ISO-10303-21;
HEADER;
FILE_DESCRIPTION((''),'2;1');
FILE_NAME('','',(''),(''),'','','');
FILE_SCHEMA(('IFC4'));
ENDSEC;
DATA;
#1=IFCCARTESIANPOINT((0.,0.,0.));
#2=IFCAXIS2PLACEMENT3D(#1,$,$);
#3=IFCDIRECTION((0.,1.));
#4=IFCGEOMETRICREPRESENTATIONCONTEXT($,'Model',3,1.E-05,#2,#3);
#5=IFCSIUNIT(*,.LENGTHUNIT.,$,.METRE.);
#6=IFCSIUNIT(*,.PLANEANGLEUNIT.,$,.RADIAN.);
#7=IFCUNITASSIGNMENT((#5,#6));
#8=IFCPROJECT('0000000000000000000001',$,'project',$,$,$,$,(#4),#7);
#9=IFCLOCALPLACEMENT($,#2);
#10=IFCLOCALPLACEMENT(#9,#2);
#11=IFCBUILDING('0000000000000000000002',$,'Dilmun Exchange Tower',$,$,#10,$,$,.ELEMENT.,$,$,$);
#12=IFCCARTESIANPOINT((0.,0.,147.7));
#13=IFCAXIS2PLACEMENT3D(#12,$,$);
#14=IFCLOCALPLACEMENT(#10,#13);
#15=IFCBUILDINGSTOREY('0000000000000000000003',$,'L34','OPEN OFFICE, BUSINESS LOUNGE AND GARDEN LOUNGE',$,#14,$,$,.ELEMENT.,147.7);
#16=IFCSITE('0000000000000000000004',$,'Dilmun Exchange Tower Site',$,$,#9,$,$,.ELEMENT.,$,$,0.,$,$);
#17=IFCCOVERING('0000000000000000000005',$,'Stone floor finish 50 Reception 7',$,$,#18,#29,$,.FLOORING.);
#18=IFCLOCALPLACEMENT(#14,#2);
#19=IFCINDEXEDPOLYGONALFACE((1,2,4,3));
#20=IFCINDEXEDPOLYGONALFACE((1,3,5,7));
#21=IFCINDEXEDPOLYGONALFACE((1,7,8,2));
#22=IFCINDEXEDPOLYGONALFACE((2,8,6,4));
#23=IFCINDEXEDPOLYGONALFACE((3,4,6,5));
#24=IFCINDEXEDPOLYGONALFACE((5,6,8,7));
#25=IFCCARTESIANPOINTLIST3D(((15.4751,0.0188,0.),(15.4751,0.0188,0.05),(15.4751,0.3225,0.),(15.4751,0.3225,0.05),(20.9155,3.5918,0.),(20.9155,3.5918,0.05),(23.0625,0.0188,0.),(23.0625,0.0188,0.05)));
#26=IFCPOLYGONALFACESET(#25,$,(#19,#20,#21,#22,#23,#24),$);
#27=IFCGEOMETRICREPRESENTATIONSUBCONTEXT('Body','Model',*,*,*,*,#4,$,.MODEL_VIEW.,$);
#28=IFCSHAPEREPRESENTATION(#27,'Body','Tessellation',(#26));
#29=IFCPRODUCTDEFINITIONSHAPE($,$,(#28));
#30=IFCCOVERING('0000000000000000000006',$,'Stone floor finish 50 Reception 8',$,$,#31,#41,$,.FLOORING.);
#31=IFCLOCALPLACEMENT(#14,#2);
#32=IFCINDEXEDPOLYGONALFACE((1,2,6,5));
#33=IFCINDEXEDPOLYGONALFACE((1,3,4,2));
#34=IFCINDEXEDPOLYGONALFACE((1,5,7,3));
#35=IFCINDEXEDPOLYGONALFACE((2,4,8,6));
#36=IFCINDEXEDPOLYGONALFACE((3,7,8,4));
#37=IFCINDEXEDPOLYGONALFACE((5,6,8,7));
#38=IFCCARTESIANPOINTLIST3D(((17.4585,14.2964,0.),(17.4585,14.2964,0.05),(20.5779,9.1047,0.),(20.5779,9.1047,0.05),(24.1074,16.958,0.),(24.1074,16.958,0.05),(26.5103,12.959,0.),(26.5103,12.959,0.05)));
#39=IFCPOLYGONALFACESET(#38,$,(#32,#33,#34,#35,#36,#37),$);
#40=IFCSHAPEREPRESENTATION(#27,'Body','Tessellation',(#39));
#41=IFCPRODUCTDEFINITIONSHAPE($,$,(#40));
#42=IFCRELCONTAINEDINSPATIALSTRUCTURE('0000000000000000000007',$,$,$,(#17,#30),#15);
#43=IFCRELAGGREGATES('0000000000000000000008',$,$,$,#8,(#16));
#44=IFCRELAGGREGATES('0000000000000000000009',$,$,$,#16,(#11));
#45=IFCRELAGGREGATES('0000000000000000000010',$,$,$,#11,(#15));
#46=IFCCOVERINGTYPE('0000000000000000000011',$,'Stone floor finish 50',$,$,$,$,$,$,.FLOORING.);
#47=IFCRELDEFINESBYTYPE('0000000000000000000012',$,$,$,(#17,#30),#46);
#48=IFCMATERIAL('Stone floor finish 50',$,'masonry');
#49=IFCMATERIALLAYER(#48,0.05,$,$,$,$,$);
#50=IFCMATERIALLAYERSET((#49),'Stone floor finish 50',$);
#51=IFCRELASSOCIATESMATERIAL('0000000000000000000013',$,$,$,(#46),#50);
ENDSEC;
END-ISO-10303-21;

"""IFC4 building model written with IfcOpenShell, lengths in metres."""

from ifc_helpers import new_model, si_unit, direction, frame, origin, place, context, subcontext, project, spatial, polyline, outline, extrude, material, layer, layer_set, type_object, element, save


model = new_model("IFC4")

# Units and contexts
model_context = context("Model", 3, precision=1e-05, world=origin(), true_north=direction((0.0, 1.0)))
body_context = subcontext(model_context, "Body", "Model", "MODEL_VIEW")
ifc_project = project(units=[si_unit("LENGTHUNIT", "METRE"), si_unit("PLANEANGLEUNIT", "RADIAN")], contexts=[model_context])

# Site, building, storey
site_placement = place(None, origin())
site = spatial("IfcSite", under=ifc_project, at=site_placement, Name="Dilmun Exchange Tower Site", CompositionType="ELEMENT", RefElevation=0.0)
building_placement = place(site_placement, origin())
building = spatial("IfcBuilding", under=site, at=building_placement, Name="Dilmun Exchange Tower", CompositionType="ELEMENT")
storey_placement = place(building_placement, frame((0.0, 0.0, 147.7)))
storey = spatial("IfcBuildingStorey", under=building, at=storey_placement, Name="L34", Description="OPEN OFFICE, BUSINESS LOUNGE AND GARDEN LOUNGE", CompositionType="ELEMENT", Elevation=147.7)

# Coverings
ifc_material_1 = material(Name="Stone floor finish 50", Category="masonry")
ifc_layer_1 = layer(ifc_material_1, 0.05)
ifc_layer_set_1 = layer_set([ifc_layer_1], Name="Stone floor finish 50")
covering_type_1 = type_object("IfcCoveringType", Name="Stone floor finish 50", PredefinedType="FLOORING", material=ifc_layer_set_1)
covering_1_placement = place(storey_placement, origin())
element("IfcCovering", 1, at=covering_1_placement, inside=storey, type_object=covering_type_1, Name="Stone floor finish 50 Reception 7", PredefinedType="FLOORING", context=body_context, shape_type="SweptSolid", body=[
    extrude(outline(polyline([(23.0625, 0.0188), (15.4751, 0.0188), (15.4751, 0.3225), (20.9155, 3.5918), (23.0625, 0.0188)])), origin(), (0.0, 0.0, 1.0), 0.05),
])
covering_2_placement = place(storey_placement, origin())
element("IfcCovering", 2, at=covering_2_placement, inside=storey, type_object=covering_type_1, Name="Stone floor finish 50 Reception 8", PredefinedType="FLOORING", context=body_context, shape_type="SweptSolid", body=[
    extrude(outline(polyline([(20.5779, 9.1047), (17.4585, 14.2964), (24.1074, 16.958), (26.5103, 12.959), (20.5779, 9.1047)])), origin(), (0.0, 0.0, 1.0), 0.05),
])

save(model, "model.ifc")
